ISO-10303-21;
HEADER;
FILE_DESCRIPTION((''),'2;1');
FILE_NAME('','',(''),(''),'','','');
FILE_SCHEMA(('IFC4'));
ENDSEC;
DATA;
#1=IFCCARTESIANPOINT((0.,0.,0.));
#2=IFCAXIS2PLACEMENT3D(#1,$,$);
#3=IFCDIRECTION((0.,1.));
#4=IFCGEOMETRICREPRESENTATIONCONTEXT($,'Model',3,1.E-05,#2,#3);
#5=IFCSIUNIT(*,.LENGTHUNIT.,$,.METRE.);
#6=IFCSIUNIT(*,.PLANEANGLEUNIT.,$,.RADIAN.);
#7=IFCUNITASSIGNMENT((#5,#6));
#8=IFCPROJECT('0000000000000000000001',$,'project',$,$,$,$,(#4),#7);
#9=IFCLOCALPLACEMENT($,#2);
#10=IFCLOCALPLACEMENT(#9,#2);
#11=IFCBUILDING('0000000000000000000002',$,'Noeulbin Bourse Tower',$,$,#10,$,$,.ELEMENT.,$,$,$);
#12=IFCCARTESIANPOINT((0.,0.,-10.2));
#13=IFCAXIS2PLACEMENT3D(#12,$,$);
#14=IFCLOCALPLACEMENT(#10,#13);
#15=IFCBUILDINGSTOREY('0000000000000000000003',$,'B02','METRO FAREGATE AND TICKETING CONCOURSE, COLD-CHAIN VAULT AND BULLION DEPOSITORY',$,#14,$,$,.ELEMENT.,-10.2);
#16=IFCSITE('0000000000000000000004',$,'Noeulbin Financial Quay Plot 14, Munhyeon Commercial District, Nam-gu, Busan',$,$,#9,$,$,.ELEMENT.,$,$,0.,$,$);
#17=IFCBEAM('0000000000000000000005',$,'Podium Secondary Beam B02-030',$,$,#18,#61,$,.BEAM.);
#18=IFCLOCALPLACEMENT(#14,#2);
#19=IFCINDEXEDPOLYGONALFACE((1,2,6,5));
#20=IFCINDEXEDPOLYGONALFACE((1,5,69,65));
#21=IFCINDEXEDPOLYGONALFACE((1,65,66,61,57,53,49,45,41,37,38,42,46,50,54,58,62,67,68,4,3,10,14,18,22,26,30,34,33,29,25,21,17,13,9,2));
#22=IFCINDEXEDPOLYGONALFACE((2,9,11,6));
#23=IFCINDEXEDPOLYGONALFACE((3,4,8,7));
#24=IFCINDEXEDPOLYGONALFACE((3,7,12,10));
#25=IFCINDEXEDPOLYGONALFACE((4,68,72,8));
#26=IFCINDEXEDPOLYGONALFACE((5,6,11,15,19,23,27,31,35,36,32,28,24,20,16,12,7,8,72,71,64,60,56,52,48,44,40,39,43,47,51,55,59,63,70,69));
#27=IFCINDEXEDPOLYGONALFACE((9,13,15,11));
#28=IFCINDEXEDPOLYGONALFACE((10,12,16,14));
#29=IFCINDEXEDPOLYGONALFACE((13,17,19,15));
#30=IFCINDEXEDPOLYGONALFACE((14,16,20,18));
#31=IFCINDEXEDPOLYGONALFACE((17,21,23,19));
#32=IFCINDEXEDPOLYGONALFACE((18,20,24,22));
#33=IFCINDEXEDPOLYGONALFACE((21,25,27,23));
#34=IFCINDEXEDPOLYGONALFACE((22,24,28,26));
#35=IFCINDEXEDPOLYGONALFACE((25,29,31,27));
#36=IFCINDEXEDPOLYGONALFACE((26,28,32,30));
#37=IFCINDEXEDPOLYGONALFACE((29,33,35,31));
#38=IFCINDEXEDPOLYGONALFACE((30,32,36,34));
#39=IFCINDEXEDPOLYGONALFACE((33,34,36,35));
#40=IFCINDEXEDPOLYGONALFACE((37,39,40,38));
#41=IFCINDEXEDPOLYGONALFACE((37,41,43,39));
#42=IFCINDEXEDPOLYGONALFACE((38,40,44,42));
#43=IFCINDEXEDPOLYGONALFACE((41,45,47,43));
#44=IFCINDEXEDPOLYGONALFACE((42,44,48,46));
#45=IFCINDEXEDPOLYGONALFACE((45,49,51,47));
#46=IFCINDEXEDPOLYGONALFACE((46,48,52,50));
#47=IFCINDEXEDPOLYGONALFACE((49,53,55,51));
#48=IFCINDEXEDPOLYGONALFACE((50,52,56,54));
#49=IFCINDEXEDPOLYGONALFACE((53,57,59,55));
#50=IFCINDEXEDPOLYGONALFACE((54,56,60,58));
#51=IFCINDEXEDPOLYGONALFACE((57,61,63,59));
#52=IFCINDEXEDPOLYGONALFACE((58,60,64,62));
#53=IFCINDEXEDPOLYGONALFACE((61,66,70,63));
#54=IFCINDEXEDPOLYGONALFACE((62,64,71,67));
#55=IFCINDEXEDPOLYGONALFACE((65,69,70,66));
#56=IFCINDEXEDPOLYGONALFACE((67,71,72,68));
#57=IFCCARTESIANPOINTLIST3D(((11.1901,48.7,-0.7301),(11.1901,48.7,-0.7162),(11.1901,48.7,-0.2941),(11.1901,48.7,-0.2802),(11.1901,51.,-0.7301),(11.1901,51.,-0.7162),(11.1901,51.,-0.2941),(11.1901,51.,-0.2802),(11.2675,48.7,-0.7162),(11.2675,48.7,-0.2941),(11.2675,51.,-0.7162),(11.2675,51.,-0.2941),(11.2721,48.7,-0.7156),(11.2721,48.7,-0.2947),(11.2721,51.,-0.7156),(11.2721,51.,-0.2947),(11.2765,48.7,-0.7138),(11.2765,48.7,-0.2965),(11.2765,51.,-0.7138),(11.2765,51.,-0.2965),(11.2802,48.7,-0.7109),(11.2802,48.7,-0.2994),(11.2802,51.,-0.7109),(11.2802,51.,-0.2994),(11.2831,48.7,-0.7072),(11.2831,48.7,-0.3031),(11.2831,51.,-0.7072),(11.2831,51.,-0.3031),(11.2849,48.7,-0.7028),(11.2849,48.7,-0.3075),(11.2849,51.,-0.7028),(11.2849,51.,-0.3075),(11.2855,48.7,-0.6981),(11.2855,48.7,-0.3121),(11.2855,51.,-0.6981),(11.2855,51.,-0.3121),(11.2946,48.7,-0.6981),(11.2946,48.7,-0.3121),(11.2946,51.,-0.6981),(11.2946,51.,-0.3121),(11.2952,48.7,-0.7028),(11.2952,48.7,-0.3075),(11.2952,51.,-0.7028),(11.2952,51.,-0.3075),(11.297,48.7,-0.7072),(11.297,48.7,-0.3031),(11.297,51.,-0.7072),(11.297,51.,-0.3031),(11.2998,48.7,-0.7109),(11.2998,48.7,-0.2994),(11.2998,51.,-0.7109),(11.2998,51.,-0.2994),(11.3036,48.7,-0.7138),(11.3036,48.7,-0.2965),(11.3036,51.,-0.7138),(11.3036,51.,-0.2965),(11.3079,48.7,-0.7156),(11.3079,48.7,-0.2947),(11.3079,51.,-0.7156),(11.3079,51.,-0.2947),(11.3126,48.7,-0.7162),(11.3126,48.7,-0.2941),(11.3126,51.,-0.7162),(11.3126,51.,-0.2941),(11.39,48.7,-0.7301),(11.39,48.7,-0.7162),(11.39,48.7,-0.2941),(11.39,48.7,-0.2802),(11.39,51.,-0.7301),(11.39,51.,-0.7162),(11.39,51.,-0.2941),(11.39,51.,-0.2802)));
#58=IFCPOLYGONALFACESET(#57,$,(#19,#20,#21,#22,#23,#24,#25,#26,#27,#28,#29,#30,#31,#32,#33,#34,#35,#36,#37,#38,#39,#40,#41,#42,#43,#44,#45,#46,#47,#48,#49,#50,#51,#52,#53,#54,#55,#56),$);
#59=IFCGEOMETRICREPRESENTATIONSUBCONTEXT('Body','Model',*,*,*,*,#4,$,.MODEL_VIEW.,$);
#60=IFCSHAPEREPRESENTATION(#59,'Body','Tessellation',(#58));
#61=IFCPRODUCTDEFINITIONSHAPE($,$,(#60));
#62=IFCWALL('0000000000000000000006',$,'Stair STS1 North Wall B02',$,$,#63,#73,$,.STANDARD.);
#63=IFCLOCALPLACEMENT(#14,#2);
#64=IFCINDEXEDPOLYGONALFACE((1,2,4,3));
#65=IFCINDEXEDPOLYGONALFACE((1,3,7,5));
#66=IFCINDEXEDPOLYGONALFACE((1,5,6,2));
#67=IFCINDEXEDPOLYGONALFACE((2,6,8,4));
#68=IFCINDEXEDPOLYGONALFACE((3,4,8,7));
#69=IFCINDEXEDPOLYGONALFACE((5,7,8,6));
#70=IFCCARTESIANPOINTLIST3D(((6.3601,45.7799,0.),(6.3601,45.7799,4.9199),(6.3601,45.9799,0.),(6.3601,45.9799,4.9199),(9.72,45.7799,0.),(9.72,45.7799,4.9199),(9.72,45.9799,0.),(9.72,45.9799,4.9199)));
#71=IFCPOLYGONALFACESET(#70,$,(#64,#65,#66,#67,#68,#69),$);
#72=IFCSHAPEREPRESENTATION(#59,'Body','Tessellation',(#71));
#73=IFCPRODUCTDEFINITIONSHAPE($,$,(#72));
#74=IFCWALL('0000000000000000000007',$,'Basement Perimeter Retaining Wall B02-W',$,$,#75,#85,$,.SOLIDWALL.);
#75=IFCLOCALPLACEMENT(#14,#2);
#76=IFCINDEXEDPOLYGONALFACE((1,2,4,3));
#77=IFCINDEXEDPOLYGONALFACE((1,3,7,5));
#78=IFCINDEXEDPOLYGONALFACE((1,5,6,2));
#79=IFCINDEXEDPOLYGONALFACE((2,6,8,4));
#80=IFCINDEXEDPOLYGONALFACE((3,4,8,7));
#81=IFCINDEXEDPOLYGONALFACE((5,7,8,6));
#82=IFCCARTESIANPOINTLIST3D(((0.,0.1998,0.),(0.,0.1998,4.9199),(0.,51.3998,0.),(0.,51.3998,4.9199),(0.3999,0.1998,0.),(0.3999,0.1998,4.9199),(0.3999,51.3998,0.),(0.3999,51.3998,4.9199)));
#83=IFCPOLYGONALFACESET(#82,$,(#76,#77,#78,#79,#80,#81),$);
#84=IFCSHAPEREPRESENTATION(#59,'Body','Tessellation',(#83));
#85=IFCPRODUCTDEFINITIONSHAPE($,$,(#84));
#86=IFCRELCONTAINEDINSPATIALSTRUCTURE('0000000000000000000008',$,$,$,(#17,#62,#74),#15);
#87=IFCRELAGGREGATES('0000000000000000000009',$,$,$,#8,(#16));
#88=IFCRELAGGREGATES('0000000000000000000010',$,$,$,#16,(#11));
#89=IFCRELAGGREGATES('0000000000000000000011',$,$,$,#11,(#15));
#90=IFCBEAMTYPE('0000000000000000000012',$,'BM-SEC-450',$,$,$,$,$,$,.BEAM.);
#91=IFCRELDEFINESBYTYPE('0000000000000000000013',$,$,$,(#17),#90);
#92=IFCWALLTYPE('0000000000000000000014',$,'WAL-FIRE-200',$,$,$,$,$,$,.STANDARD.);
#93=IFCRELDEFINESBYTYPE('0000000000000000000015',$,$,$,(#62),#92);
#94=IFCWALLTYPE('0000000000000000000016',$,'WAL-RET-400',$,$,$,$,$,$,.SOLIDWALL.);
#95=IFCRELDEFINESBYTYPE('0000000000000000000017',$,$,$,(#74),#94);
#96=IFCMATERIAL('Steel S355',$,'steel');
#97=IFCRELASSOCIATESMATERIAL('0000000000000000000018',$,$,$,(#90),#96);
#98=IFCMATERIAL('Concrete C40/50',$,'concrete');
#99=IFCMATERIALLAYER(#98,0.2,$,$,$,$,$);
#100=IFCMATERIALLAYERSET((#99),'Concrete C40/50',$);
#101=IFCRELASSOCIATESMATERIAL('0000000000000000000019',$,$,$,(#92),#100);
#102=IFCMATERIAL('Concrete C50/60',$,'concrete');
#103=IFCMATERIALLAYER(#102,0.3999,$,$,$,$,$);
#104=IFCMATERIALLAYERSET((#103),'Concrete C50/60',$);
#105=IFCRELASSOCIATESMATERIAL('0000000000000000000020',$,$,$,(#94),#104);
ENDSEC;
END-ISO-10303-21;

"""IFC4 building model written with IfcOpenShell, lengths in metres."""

from ifc_helpers import new_model, si_unit, direction, frame, frame_2d, origin, origin_2d, place, context, subcontext, project, spatial, rectangle, i_section, extrude, material, layer, layer_set, material_profile, profile_set, type_object, element, save


model = new_model("IFC4")

# Units and contexts
model_context = context("Model", 3, precision=1e-05, world=origin(), true_north=direction((0.0, 1.0)))
body_context = subcontext(model_context, "Body", "Model", "MODEL_VIEW")
ifc_project = project(units=[si_unit("LENGTHUNIT", "METRE"), si_unit("PLANEANGLEUNIT", "RADIAN")], contexts=[model_context])

# Site, building, storey
site_placement = place(None, origin())
site = spatial("IfcSite", under=ifc_project, at=site_placement, Name="Noeulbin Financial Quay Plot 14, Munhyeon Commercial District, Nam-gu, Busan", CompositionType="ELEMENT", RefElevation=0.0)
building_placement = place(site_placement, origin())
building = spatial("IfcBuilding", under=site, at=building_placement, Name="Noeulbin Bourse Tower", CompositionType="ELEMENT")
storey_placement = place(building_placement, frame((0.0, 0.0, -10.2)))
storey = spatial("IfcBuildingStorey", under=building, at=storey_placement, Name="B02", Description="METRO FAREGATE AND TICKETING CONCOURSE, COLD-CHAIN VAULT AND BULLION DEPOSITORY", CompositionType="ELEMENT", Elevation=-10.2)

# Shared definitions
ifc_material_1 = material(Name="Concrete C50/60", Category="concrete")

# Beam
ifc_material_2 = material(Name="Steel S355", Category="steel")
ifc_material_profile_1 = material_profile(ifc_material_2, i_section(OverallWidth=0.2, OverallDepth=0.45, WebThickness=0.009, FlangeThickness=0.0139, FilletRadius=0.0181, at=origin_2d()), Name="H-450x200x9x14", Category="LoadBearing")
ifc_profile_set_1 = profile_set([ifc_material_profile_1], Name="Steel S355")
beam_type_1 = type_object("IfcBeamType", Name="BM-SEC-450", PredefinedType="BEAM", material=ifc_profile_set_1)
beam_1_placement = place(storey_placement, frame((11.29, 48.7, -0.5051), z_axis=(0.0, 1.0, 0.0), x_axis=(-1.0, 0.0, 0.0)))
element("IfcBeam", 1, at=beam_1_placement, inside=storey, type_object=beam_type_1, Name="Podium Secondary Beam B02-030", PredefinedType="BEAM", context=body_context, shape_type="SweptSolid", body=[
    extrude(i_section(OverallWidth=0.2, OverallDepth=0.45, WebThickness=0.009, FlangeThickness=0.0139, FilletRadius=0.0181, at=origin_2d()), origin(), (0.0, 0.0, 1.0), 2.3),
])

# Walls
ifc_material_3 = material(Name="Concrete C40/50", Category="concrete")
ifc_layer_1 = layer(ifc_material_3, 0.2)
ifc_layer_set_1 = layer_set([ifc_layer_1], Name="Concrete C40/50")
wall_type_1 = type_object("IfcWallType", Name="WAL-FIRE-200", PredefinedType="STANDARD", material=ifc_layer_set_1)
wall_1_placement = place(storey_placement, frame((6.3601, 45.8799, 0.0), z_axis=(0.0, 0.0, 1.0), x_axis=(1.0, 0.0, 0.0)))
element("IfcWall", 2, at=wall_1_placement, inside=storey, type_object=wall_type_1, Name="Stair STS1 North Wall B02", PredefinedType="STANDARD", context=body_context, shape_type="SweptSolid", body=[
    extrude(rectangle(XDim=3.3599, YDim=0.2, at=frame_2d((1.6799, 0.0))), origin(), (0.0, 0.0, 1.0), 4.9199),
])
ifc_layer_2 = layer(ifc_material_1, 0.3999)
ifc_layer_set_2 = layer_set([ifc_layer_2], Name="Concrete C50/60")
wall_type_2 = type_object("IfcWallType", Name="WAL-RET-400", PredefinedType="SOLIDWALL", material=ifc_layer_set_2)
wall_2_placement = place(storey_placement, frame((0.2, 51.3999, 0.0), z_axis=(0.0, 0.0, 1.0), x_axis=(0.0, -1.0, 0.0)))
element("IfcWall", 3, at=wall_2_placement, inside=storey, type_object=wall_type_2, Name="Basement Perimeter Retaining Wall B02-W", PredefinedType="SOLIDWALL", context=body_context, shape_type="SweptSolid", body=[
    extrude(rectangle(XDim=51.2, YDim=0.3999, at=frame_2d((25.6001, 0.0))), origin(), (0.0, 0.0, 1.0), 4.9199),
])

save(model, "model.ifc")
